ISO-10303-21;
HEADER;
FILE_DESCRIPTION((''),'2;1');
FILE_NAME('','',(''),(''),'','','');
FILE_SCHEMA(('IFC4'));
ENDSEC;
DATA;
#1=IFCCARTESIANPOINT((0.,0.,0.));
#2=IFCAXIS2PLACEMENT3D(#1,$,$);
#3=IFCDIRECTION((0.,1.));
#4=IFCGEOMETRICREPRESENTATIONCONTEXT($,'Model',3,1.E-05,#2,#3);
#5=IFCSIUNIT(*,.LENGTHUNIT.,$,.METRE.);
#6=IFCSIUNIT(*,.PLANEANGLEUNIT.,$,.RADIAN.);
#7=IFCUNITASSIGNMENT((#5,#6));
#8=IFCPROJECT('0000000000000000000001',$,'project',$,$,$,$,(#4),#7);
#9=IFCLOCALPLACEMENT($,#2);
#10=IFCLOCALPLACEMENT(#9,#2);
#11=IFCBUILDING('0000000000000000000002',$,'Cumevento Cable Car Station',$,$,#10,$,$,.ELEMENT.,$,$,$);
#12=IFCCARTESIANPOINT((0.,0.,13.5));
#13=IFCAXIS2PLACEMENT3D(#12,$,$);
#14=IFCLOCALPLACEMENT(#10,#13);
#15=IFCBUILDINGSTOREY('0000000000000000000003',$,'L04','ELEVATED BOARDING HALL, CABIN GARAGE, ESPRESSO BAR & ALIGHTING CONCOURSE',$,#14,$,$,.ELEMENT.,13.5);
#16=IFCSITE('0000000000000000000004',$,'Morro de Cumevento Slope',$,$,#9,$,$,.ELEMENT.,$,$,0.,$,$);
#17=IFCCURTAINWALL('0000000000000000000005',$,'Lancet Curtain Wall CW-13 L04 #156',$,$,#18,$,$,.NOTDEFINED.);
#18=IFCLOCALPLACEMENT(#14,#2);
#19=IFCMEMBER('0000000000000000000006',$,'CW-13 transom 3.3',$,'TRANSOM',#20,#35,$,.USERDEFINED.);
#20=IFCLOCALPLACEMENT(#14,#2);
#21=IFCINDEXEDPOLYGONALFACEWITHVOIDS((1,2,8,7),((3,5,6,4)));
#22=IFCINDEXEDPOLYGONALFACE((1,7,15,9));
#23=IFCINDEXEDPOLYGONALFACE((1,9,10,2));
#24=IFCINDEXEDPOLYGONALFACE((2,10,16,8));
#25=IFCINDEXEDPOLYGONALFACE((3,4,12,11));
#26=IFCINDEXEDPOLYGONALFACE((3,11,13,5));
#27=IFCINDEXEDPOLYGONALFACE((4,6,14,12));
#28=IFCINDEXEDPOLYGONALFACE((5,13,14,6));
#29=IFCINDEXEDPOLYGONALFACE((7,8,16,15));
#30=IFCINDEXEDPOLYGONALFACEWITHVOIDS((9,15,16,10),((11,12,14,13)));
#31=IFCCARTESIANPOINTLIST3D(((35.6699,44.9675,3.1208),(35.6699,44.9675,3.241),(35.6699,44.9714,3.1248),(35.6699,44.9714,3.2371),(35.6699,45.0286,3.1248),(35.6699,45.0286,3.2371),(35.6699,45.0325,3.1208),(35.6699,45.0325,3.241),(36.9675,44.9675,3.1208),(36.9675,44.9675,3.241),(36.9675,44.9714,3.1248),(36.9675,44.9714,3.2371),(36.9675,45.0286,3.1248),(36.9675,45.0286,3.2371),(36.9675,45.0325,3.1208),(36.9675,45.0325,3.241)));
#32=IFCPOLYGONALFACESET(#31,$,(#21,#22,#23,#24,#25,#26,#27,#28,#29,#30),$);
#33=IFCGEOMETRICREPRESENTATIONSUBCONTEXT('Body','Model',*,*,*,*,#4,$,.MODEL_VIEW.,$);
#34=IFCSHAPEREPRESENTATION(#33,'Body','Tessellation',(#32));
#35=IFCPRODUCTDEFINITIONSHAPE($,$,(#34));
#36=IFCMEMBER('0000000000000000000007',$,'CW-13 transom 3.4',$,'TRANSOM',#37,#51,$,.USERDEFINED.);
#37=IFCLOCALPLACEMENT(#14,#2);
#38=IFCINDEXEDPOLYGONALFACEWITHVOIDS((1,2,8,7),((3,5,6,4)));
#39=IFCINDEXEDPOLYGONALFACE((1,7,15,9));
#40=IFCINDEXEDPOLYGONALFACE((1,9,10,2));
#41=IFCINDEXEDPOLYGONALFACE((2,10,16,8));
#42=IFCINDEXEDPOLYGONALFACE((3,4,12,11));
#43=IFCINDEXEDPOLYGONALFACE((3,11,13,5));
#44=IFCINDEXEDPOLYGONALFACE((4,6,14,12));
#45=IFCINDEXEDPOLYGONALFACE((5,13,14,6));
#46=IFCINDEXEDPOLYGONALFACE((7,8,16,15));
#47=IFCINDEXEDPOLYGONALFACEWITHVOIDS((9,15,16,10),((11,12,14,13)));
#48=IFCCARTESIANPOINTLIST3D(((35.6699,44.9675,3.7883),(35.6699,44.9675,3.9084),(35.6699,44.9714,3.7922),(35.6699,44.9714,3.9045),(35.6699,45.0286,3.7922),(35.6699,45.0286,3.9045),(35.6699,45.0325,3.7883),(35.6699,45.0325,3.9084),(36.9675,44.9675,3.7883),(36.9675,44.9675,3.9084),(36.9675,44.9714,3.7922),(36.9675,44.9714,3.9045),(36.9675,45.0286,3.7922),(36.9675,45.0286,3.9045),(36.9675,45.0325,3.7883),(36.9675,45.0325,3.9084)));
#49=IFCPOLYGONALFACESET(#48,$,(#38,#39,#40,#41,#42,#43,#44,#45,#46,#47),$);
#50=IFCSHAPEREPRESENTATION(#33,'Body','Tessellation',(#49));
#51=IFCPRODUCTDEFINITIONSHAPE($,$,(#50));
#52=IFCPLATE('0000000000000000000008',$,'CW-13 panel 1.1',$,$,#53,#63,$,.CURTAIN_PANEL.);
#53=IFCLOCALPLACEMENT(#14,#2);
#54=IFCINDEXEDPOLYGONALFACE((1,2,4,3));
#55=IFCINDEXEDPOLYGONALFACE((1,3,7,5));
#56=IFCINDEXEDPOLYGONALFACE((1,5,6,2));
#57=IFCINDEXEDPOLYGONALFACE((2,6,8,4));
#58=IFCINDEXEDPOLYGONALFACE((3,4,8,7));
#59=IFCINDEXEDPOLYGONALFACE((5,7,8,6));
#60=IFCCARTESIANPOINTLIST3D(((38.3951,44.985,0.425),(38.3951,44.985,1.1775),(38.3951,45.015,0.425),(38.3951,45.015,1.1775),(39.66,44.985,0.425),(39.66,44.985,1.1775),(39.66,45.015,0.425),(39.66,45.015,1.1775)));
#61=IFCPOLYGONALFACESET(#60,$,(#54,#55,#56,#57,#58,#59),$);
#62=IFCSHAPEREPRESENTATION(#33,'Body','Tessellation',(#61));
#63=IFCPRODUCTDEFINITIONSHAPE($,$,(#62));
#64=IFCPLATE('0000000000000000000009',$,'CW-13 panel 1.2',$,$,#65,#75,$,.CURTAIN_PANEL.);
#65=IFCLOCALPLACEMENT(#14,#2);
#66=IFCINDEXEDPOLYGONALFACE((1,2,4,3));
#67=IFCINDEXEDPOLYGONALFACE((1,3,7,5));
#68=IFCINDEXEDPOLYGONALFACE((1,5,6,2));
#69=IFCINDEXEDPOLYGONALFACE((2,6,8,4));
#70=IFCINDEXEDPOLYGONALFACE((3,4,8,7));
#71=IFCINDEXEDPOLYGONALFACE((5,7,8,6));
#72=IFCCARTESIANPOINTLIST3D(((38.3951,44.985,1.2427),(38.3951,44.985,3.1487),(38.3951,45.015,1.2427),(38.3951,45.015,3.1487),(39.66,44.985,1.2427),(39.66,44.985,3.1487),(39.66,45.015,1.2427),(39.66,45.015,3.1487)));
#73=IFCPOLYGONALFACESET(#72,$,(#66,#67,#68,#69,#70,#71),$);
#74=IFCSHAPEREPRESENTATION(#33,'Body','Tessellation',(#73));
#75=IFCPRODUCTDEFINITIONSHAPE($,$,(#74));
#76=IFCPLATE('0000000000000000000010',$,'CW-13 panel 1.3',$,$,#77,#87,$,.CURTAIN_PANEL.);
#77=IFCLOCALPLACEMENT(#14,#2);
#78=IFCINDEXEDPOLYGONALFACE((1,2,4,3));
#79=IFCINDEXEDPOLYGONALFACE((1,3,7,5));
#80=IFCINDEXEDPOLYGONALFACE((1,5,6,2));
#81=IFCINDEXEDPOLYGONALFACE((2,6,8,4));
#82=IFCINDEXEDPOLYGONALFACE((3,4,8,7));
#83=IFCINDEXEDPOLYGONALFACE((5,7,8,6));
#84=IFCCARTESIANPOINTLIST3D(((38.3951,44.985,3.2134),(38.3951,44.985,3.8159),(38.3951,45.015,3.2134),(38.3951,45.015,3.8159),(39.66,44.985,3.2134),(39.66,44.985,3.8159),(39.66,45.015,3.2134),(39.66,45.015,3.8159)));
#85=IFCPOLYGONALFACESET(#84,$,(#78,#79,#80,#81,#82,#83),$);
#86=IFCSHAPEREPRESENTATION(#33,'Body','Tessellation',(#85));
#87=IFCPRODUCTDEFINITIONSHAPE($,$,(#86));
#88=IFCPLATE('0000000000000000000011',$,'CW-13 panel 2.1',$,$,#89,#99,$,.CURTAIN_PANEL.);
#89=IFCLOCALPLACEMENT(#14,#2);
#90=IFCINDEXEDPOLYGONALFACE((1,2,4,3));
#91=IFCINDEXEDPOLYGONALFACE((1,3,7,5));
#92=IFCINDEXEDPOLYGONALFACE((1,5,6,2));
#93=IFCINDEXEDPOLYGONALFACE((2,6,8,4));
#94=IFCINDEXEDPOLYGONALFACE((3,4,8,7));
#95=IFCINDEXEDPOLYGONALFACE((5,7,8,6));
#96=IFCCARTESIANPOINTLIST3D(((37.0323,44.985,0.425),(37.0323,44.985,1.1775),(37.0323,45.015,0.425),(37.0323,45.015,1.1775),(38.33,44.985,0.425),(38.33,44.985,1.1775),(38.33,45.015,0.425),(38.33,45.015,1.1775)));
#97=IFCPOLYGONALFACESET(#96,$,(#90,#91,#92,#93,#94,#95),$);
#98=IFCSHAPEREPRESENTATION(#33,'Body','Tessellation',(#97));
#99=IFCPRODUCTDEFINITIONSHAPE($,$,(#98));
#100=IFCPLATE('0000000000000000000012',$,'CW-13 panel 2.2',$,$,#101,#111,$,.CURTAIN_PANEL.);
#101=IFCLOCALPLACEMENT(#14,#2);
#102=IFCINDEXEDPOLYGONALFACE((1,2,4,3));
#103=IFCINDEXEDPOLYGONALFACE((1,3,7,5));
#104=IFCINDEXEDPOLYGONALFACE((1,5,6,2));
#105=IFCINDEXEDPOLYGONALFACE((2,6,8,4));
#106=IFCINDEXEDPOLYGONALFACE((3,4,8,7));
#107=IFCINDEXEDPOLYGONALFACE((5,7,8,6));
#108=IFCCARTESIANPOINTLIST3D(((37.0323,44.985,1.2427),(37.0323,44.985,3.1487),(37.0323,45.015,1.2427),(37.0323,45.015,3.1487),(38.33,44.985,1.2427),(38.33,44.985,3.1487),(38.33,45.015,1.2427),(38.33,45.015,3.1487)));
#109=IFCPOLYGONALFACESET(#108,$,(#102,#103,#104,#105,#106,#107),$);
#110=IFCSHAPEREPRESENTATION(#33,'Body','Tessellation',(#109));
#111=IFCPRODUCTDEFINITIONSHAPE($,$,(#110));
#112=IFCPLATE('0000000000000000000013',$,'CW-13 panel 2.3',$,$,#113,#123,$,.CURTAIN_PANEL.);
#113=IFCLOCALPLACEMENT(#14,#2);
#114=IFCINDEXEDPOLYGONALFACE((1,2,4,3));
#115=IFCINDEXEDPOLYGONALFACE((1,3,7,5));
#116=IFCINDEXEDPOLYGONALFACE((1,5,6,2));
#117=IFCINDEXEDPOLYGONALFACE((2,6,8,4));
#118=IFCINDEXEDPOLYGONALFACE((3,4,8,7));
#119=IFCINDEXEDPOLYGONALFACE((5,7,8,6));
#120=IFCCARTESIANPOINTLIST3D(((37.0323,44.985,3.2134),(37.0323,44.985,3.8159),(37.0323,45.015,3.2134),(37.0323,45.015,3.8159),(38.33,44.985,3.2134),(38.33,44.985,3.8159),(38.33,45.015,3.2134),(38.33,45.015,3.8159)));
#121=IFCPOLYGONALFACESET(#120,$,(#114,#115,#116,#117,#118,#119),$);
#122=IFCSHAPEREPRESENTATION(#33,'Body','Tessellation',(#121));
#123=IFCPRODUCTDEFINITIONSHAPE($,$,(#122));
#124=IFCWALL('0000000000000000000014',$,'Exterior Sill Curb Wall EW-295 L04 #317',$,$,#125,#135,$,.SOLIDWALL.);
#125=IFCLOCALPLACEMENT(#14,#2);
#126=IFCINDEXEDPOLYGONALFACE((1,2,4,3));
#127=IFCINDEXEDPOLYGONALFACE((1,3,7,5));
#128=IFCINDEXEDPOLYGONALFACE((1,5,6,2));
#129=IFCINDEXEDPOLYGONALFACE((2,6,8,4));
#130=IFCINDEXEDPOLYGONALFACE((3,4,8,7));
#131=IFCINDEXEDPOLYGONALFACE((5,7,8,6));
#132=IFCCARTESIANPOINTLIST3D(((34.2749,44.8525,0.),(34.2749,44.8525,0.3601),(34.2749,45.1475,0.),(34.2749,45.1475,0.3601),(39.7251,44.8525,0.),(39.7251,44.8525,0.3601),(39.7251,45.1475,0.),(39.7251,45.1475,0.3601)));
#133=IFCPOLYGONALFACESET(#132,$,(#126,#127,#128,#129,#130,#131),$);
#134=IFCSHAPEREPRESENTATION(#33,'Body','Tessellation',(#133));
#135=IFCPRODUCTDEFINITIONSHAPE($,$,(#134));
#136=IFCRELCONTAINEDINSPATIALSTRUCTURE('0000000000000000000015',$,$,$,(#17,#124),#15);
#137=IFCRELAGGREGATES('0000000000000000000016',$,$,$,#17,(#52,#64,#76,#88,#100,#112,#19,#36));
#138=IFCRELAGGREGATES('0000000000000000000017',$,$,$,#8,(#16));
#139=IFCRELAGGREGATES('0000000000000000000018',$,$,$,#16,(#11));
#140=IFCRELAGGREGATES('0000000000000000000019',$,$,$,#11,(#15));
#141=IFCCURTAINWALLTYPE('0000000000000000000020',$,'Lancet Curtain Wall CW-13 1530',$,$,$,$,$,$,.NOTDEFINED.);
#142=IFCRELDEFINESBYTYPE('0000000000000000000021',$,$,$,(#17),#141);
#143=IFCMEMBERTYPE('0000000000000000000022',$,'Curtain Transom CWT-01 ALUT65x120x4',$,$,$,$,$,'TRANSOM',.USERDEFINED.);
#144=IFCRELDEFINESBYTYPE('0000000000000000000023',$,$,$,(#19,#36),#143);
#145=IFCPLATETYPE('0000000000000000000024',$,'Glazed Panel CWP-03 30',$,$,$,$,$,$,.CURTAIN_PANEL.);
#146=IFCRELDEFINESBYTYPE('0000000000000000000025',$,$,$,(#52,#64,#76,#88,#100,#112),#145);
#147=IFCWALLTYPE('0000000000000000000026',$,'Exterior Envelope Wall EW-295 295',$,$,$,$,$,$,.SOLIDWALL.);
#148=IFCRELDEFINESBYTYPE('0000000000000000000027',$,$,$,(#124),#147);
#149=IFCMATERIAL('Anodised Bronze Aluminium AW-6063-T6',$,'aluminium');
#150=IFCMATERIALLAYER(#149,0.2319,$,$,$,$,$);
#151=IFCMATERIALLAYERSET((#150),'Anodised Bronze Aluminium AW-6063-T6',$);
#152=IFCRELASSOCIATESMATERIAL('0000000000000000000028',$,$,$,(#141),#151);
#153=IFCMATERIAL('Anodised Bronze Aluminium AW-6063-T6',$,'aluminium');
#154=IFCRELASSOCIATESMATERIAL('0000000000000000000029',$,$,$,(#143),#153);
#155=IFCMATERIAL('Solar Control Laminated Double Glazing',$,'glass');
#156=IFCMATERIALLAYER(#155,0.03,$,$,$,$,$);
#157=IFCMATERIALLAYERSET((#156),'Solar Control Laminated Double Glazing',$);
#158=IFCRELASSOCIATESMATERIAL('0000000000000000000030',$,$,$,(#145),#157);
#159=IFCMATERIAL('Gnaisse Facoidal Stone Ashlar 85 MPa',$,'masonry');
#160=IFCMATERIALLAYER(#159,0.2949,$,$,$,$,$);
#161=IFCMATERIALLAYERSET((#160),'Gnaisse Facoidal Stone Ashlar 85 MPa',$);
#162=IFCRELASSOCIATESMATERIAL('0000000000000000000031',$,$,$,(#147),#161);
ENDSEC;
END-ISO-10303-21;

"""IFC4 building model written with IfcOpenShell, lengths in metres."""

from ifc_helpers import new_model, si_unit, direction, frame, frame_2d, origin, origin_2d, place, context, subcontext, project, spatial, rectangle, hollow_rectangle, extrude, material, layer, layer_set, material_profile, profile_set, type_object, element, aggregate, save


model = new_model("IFC4")

# Units and contexts
model_context = context("Model", 3, precision=1e-05, world=origin(), true_north=direction((0.0, 1.0)))
body_context = subcontext(model_context, "Body", "Model", "MODEL_VIEW")
ifc_project = project(units=[si_unit("LENGTHUNIT", "METRE"), si_unit("PLANEANGLEUNIT", "RADIAN")], contexts=[model_context])

# Site, building, storey
site_placement = place(None, origin())
site = spatial("IfcSite", under=ifc_project, at=site_placement, Name="Morro de Cumevento Slope", CompositionType="ELEMENT", RefElevation=0.0)
building_placement = place(site_placement, origin())
building = spatial("IfcBuilding", under=site, at=building_placement, Name="Cumevento Cable Car Station", CompositionType="ELEMENT")
storey_placement = place(building_placement, frame((0.0, 0.0, 13.5)))
storey = spatial("IfcBuildingStorey", under=building, at=storey_placement, Name="L04", Description="ELEVATED BOARDING HALL, CABIN GARAGE, ESPRESSO BAR & ALIGHTING CONCOURSE", CompositionType="ELEMENT", Elevation=13.5)

# Curtain wall, members, plates
ifc_material_1 = material(Name="Anodised Bronze Aluminium AW-6063-T6", Category="aluminium")
ifc_layer_1 = layer(ifc_material_1, 0.2319)
ifc_layer_set_1 = layer_set([ifc_layer_1], Name="Anodised Bronze Aluminium AW-6063-T6")
curtain_wall_type = type_object("IfcCurtainWallType", Name="Lancet Curtain Wall CW-13 1530", PredefinedType="NOTDEFINED", material=ifc_layer_set_1)
curtain_wall_placement = place(storey_placement, origin())
curtain_wall = element("IfcCurtainWall", 1, at=curtain_wall_placement, inside=storey, type_object=curtain_wall_type, Name="Lancet Curtain Wall CW-13 L04 #156", PredefinedType="NOTDEFINED")
ifc_material_2 = material(Name="Anodised Bronze Aluminium AW-6063-T6", Category="aluminium")
ifc_material_profile_1 = material_profile(ifc_material_2, hollow_rectangle(XDim=0.0649, YDim=0.1201, WallThickness=0.0039, at=origin_2d()), Name="ALUT65x120x4")
ifc_profile_set_1 = profile_set([ifc_material_profile_1], Name="Anodised Bronze Aluminium AW-6063-T6")
member_type_1 = type_object("IfcMemberType", Name="Curtain Transom CWT-01 ALUT65x120x4", ElementType="TRANSOM", PredefinedType="USERDEFINED", material=ifc_profile_set_1)
member_1_placement = place(storey_placement, frame((36.9675, 45.0, 3.1809), z_axis=(-1.0, 0.0, 0.0), x_axis=(0.0, -1.0, 0.0)))
member_1 = element("IfcMember", 2, at=member_1_placement, type_object=member_type_1, Name="CW-13 transom 3.3", ObjectType="TRANSOM", PredefinedType="USERDEFINED", context=body_context, shape_type="SweptSolid", body=[
    extrude(hollow_rectangle(XDim=0.0649, YDim=0.1201, WallThickness=0.0039, at=origin_2d()), origin(), (0.0, 0.0, 1.0), 1.2976),
])
member_2_placement = place(storey_placement, frame((36.9675, 45.0, 3.8484), z_axis=(-1.0, 0.0, 0.0), x_axis=(0.0, -1.0, 0.0)))
member_2 = element("IfcMember", 3, at=member_2_placement, type_object=member_type_1, Name="CW-13 transom 3.4", ObjectType="TRANSOM", PredefinedType="USERDEFINED", context=body_context, shape_type="SweptSolid", body=[
    extrude(hollow_rectangle(XDim=0.0649, YDim=0.1201, WallThickness=0.0039, at=origin_2d()), origin(), (0.0, 0.0, 1.0), 1.2976),
])
ifc_material_3 = material(Name="Solar Control Laminated Double Glazing", Category="glass")
ifc_layer_2 = layer(ifc_material_3, 0.03)
ifc_layer_set_2 = layer_set([ifc_layer_2], Name="Solar Control Laminated Double Glazing")
plate_type = type_object("IfcPlateType", Name="Glazed Panel CWP-03 30", PredefinedType="CURTAIN_PANEL", material=ifc_layer_set_2)
plate_1_placement = place(storey_placement, frame((39.0276, 45.0, 0.425), z_axis=(0.0, 0.0, 1.0), x_axis=(-1.0, 0.0, 0.0)))
plate_1 = element("IfcPlate", 4, at=plate_1_placement, type_object=plate_type, Name="CW-13 panel 1.1", PredefinedType="CURTAIN_PANEL", context=body_context, shape_type="SweptSolid", body=[
    extrude(rectangle(XDim=1.2649, YDim=0.03, at=origin_2d()), origin(), (0.0, 0.0, 1.0), 0.7524),
])
plate_2_placement = place(storey_placement, frame((39.0276, 45.0, 1.2427), z_axis=(0.0, 0.0, 1.0), x_axis=(-1.0, 0.0, 0.0)))
plate_2 = element("IfcPlate", 5, at=plate_2_placement, type_object=plate_type, Name="CW-13 panel 1.2", PredefinedType="CURTAIN_PANEL", context=body_context, shape_type="SweptSolid", body=[
    extrude(rectangle(XDim=1.2649, YDim=0.03, at=origin_2d()), origin(), (0.0, 0.0, 1.0), 1.906),
])
plate_3_placement = place(storey_placement, frame((39.0276, 45.0, 3.2134), z_axis=(0.0, 0.0, 1.0), x_axis=(-1.0, 0.0, 0.0)))
plate_3 = element("IfcPlate", 6, at=plate_3_placement, type_object=plate_type, Name="CW-13 panel 1.3", PredefinedType="CURTAIN_PANEL", context=body_context, shape_type="SweptSolid", body=[
    extrude(rectangle(XDim=1.2649, YDim=0.03, at=origin_2d()), origin(), (0.0, 0.0, 1.0), 0.6025),
])
plate_4_placement = place(storey_placement, frame((37.6812, 45.0, 0.425), z_axis=(0.0, 0.0, 1.0), x_axis=(-1.0, 0.0, 0.0)))
plate_4 = element("IfcPlate", 7, at=plate_4_placement, type_object=plate_type, Name="CW-13 panel 2.1", PredefinedType="CURTAIN_PANEL", context=body_context, shape_type="SweptSolid", body=[
    extrude(rectangle(XDim=1.2976, YDim=0.03, at=origin_2d()), origin(), (0.0, 0.0, 1.0), 0.7524),
])
plate_5_placement = place(storey_placement, frame((37.6812, 45.0, 1.2427), z_axis=(0.0, 0.0, 1.0), x_axis=(-1.0, 0.0, 0.0)))
plate_5 = element("IfcPlate", 8, at=plate_5_placement, type_object=plate_type, Name="CW-13 panel 2.2", PredefinedType="CURTAIN_PANEL", context=body_context, shape_type="SweptSolid", body=[
    extrude(rectangle(XDim=1.2976, YDim=0.03, at=origin_2d()), origin(), (0.0, 0.0, 1.0), 1.906),
])
plate_6_placement = place(storey_placement, frame((37.6812, 45.0, 3.2134), z_axis=(0.0, 0.0, 1.0), x_axis=(-1.0, 0.0, 0.0)))
plate_6 = element("IfcPlate", 9, at=plate_6_placement, type_object=plate_type, Name="CW-13 panel 2.3", PredefinedType="CURTAIN_PANEL", context=body_context, shape_type="SweptSolid", body=[
    extrude(rectangle(XDim=1.2976, YDim=0.03, at=origin_2d()), origin(), (0.0, 0.0, 1.0), 0.6025),
])
aggregate(curtain_wall, [plate_1, plate_2, plate_3, plate_4, plate_5, plate_6, member_1, member_2])

# Wall
ifc_material_4 = material(Name="Gnaisse Facoidal Stone Ashlar 85 MPa", Category="masonry")
ifc_layer_3 = layer(ifc_material_4, 0.2949)
ifc_layer_set_3 = layer_set([ifc_layer_3], Name="Gnaisse Facoidal Stone Ashlar 85 MPa")
wall_type = type_object("IfcWallType", Name="Exterior Envelope Wall EW-295 295", PredefinedType="SOLIDWALL", material=ifc_layer_set_3)
wall_placement = place(storey_placement, frame((39.7251, 45.0, 0.0), z_axis=(0.0, 0.0, 1.0), x_axis=(-1.0, 0.0, 0.0)))
element("IfcWall", 10, at=wall_placement, inside=storey, type_object=wall_type, Name="Exterior Sill Curb Wall EW-295 L04 #317", PredefinedType="SOLIDWALL", context=body_context, shape_type="SweptSolid", body=[
    extrude(rectangle(XDim=5.4502, YDim=0.2949, at=frame_2d((2.7251, 0.0))), origin(), (0.0, 0.0, 1.0), 0.3601),
])

save(model, "model.ifc")
